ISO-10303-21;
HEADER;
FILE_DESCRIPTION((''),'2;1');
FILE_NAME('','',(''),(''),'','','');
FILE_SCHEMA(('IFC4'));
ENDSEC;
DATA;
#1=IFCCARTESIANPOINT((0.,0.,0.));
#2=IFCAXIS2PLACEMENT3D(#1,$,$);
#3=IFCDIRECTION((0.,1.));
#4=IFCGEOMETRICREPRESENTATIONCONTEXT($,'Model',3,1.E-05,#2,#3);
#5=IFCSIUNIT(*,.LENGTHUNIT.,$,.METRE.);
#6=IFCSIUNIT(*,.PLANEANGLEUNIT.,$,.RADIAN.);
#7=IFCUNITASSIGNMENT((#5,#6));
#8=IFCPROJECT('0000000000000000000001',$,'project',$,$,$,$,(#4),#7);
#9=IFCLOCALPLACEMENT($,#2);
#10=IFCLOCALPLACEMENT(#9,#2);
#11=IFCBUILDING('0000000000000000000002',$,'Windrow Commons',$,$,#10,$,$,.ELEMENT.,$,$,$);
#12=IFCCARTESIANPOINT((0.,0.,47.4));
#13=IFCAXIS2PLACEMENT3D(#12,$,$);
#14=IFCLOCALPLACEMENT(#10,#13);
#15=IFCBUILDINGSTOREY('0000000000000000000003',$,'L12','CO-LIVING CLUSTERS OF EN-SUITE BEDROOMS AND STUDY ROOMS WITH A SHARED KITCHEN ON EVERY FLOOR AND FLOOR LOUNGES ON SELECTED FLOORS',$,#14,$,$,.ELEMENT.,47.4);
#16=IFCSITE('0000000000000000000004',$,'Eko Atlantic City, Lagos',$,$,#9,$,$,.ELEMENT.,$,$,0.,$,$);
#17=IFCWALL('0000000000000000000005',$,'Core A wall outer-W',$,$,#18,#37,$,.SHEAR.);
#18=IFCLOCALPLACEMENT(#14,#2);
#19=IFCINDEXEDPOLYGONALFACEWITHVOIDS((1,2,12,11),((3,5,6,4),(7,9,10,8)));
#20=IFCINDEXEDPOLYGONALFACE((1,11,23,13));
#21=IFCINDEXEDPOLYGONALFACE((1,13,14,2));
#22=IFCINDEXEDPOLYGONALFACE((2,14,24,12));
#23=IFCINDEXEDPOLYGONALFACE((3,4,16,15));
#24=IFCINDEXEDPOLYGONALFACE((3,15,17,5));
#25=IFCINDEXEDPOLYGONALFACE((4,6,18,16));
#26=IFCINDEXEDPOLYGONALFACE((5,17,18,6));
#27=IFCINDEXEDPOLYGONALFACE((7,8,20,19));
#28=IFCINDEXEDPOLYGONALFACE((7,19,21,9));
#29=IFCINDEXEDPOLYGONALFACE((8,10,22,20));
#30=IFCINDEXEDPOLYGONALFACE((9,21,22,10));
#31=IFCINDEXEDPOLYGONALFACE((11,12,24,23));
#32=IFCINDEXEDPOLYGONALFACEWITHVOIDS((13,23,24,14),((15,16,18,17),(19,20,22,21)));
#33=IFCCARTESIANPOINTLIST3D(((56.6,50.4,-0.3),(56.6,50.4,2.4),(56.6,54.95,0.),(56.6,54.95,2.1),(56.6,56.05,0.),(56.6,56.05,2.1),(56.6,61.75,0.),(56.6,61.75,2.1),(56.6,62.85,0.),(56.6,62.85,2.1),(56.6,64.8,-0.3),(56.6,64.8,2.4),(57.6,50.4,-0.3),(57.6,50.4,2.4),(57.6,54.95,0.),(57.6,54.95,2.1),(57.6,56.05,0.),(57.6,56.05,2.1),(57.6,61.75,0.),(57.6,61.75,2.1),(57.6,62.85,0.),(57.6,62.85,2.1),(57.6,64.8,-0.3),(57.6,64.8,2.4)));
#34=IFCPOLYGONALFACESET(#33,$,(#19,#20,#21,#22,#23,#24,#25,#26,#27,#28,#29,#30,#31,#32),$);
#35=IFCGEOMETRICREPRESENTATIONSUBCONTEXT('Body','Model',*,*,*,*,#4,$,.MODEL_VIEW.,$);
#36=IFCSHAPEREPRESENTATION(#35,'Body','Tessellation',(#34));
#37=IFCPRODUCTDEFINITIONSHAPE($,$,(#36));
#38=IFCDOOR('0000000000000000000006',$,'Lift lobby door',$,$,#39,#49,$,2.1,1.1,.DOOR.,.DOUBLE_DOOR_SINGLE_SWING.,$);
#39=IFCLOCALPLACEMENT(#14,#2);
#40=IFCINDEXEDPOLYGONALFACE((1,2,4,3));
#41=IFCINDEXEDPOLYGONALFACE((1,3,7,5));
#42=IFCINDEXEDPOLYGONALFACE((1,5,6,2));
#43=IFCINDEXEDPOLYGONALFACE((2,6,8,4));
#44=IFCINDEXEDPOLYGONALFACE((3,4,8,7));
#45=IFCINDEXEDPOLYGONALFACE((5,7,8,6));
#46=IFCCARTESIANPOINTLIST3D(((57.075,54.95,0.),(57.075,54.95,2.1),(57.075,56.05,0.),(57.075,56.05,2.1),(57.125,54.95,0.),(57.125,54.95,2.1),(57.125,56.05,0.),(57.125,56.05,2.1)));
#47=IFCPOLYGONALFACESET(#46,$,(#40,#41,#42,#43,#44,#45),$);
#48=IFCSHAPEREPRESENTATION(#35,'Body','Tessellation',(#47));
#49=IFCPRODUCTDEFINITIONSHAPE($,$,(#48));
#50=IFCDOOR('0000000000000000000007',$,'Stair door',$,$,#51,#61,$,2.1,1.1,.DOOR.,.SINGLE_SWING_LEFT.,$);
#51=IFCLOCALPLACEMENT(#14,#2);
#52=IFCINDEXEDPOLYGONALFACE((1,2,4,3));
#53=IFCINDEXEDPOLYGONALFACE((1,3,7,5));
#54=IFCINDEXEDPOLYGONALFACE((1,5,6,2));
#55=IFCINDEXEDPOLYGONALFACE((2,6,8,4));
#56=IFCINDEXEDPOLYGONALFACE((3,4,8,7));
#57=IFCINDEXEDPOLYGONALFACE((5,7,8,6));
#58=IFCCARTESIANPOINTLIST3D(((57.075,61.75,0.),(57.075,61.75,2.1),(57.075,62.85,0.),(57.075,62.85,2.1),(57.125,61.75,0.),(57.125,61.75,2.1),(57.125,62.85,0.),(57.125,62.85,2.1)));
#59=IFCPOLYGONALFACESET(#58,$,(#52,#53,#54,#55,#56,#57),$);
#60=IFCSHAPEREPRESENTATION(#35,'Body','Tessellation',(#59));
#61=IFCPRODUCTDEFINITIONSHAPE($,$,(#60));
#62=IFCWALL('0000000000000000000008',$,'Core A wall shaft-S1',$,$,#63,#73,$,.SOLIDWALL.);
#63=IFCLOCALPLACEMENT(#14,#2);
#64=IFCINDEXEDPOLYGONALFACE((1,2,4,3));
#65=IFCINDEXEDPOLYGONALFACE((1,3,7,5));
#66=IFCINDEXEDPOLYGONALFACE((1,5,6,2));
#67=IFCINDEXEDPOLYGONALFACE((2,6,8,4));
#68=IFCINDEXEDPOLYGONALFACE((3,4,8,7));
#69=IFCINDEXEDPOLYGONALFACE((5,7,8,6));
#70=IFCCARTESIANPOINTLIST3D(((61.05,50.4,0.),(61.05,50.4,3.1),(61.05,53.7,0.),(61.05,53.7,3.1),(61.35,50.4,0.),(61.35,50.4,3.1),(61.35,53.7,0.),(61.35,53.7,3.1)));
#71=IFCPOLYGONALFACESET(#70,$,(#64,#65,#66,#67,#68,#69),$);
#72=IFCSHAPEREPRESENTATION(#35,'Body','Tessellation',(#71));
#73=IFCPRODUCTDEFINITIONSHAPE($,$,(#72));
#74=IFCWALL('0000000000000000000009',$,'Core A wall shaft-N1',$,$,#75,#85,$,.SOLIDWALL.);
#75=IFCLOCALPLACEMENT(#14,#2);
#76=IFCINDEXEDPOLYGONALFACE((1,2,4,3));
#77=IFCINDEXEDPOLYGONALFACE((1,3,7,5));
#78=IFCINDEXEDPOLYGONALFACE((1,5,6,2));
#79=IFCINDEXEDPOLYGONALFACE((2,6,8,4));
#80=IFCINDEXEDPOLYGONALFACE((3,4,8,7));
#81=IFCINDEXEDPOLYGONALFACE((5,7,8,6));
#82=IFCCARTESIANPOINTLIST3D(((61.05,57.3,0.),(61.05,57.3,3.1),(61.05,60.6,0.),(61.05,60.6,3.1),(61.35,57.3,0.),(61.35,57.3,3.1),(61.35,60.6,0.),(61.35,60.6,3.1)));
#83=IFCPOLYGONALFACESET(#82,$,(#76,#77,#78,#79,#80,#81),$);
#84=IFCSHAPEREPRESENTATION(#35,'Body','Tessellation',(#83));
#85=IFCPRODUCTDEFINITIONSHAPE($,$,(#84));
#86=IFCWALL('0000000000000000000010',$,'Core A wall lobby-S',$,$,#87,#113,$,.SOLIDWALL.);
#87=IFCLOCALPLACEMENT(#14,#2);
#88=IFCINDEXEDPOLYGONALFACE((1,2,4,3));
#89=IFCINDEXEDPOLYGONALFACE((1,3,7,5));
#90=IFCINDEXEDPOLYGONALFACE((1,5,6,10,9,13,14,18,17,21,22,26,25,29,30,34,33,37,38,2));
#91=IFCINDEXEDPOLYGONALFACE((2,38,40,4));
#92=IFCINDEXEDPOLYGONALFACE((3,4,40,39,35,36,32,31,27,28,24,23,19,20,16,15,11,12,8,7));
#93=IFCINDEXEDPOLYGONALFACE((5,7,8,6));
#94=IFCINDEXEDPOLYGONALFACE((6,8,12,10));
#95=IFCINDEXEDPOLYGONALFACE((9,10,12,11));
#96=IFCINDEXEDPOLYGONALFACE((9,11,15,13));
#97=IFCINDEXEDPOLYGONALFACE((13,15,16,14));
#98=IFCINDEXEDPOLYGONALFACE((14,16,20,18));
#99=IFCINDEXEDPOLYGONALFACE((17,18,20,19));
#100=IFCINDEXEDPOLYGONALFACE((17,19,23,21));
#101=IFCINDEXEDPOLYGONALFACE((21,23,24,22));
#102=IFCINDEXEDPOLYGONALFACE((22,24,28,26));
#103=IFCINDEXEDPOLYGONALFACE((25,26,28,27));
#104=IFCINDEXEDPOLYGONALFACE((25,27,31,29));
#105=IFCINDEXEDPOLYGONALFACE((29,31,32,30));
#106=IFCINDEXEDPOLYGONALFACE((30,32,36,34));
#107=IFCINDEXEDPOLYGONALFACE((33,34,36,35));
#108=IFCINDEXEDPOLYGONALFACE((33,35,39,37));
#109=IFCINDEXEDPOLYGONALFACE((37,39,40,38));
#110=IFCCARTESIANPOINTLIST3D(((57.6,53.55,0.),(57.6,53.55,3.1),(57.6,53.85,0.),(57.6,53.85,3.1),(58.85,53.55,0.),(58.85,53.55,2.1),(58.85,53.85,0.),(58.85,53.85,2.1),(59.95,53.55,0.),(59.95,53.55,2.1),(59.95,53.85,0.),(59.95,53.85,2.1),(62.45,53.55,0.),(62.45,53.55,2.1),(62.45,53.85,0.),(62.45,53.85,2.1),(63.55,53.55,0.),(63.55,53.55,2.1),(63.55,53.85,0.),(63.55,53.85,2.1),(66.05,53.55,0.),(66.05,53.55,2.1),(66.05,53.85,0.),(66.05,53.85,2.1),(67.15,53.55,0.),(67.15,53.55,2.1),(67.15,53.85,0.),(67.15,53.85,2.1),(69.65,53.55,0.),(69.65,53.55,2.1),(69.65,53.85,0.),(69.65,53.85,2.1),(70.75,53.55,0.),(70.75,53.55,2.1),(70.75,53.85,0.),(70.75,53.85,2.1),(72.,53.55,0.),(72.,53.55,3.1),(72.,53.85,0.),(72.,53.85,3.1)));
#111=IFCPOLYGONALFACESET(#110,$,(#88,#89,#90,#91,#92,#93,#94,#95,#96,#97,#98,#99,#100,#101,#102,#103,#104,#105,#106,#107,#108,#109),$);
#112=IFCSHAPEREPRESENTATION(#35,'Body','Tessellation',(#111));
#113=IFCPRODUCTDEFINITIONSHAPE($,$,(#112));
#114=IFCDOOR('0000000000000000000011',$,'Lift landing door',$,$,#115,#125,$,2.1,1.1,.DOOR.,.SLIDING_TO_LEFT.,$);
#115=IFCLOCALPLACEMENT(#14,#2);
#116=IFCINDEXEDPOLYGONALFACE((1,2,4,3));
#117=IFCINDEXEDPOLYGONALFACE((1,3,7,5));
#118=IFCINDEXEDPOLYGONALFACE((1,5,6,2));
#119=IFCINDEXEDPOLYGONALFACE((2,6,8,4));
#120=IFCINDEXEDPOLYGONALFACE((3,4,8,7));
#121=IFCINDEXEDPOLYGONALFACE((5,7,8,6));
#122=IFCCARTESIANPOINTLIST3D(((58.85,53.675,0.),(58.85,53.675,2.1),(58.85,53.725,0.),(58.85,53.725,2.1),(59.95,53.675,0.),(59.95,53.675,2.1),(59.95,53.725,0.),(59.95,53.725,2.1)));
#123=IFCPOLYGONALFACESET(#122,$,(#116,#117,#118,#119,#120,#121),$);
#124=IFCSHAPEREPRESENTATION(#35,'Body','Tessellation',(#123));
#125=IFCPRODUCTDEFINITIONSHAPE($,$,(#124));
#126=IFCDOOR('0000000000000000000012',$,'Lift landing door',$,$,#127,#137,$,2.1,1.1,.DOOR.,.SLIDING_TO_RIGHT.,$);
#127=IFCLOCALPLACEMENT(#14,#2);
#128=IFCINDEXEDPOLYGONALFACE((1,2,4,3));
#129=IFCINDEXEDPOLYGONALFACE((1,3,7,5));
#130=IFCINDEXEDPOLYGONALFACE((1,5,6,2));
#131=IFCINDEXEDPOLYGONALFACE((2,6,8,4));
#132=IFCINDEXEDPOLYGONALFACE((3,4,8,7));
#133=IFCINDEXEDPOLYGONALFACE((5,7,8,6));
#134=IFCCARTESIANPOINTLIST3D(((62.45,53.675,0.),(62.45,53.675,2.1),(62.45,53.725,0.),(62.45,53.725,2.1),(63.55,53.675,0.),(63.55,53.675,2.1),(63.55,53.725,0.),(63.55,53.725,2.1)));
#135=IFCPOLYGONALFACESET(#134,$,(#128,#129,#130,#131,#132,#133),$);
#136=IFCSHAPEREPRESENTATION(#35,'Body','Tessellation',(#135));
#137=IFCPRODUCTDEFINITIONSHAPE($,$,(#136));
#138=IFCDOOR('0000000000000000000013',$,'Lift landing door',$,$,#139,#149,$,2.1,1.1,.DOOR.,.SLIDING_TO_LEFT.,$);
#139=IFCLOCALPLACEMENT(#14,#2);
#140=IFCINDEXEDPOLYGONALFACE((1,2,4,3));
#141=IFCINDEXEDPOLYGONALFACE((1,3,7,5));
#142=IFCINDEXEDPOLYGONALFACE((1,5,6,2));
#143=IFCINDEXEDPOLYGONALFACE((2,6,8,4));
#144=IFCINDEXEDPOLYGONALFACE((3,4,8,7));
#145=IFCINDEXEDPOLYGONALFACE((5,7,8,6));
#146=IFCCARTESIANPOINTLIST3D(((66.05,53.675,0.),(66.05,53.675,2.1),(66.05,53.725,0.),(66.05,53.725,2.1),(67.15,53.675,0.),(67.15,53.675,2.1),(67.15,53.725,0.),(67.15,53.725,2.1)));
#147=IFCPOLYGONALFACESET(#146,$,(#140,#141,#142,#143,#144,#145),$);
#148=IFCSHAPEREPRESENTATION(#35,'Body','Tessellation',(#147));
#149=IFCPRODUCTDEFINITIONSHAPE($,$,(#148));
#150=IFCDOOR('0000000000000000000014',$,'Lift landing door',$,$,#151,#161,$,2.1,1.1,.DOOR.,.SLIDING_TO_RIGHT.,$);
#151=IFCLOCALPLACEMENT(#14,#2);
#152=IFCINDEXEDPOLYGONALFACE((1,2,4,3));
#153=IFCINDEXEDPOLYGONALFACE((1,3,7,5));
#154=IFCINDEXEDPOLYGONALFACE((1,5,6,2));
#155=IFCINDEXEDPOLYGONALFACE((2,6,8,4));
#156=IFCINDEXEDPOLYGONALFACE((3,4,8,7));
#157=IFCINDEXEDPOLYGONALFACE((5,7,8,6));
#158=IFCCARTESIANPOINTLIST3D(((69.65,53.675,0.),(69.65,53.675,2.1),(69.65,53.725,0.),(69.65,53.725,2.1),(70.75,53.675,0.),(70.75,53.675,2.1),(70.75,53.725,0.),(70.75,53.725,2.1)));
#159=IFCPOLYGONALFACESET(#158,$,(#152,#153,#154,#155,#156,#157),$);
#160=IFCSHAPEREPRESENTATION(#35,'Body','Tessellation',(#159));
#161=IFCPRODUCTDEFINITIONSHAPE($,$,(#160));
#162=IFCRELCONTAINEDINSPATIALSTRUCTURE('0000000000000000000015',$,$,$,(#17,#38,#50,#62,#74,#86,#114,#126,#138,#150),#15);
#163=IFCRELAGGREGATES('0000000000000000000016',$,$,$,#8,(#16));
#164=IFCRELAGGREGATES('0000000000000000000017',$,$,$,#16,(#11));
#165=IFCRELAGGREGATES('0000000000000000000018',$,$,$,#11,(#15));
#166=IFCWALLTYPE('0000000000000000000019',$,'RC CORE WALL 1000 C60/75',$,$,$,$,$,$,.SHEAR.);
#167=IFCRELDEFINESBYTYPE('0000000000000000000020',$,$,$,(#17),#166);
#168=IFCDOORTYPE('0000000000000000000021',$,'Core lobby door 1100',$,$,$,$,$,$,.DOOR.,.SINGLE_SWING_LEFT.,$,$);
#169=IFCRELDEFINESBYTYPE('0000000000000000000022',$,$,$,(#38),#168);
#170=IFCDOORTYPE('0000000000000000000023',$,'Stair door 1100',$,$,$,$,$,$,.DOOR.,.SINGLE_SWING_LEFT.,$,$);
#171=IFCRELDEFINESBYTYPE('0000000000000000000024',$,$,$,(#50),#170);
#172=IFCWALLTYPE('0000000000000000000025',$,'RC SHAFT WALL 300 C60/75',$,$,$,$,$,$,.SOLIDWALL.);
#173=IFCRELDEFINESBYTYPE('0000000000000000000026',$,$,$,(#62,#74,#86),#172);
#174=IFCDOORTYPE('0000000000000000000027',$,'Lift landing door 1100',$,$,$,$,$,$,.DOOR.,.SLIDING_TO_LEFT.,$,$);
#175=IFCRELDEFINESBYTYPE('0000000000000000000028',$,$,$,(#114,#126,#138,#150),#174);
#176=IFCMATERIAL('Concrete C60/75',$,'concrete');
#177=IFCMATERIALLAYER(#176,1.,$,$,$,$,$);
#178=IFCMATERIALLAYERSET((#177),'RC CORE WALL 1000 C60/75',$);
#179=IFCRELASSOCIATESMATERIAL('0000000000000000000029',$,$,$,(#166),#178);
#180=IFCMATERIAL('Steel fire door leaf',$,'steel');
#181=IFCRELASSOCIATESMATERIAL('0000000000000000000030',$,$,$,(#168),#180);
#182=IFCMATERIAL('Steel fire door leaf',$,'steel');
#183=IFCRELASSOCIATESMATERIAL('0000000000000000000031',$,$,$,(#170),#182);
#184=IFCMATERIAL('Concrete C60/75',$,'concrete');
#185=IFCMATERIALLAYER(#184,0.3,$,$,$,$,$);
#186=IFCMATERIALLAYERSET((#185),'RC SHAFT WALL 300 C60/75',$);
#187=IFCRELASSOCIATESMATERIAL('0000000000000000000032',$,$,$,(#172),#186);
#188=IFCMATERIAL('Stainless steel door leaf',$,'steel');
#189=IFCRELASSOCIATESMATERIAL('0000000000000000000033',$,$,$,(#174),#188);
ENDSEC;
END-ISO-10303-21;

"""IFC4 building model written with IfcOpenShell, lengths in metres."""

from ifc_helpers import new_model, si_unit, direction, frame, frame_2d, origin, place, context, subcontext, project, spatial, rectangle, extrude, material, layer, layer_set, type_object, element, fill, save


model = new_model("IFC4")

# Units and contexts
model_context = context("Model", 3, precision=1e-05, world=origin(), true_north=direction((0.0, 1.0)))
body_context = subcontext(model_context, "Body", "Model", "MODEL_VIEW")
ifc_project = project(units=[si_unit("LENGTHUNIT", "METRE"), si_unit("PLANEANGLEUNIT", "RADIAN")], contexts=[model_context])

# Site, building, storey
site_placement = place(None, origin())
site = spatial("IfcSite", under=ifc_project, at=site_placement, Name="Eko Atlantic City, Lagos", CompositionType="ELEMENT", RefElevation=0.0)
building_placement = place(site_placement, origin())
building = spatial("IfcBuilding", under=site, at=building_placement, Name="Windrow Commons", CompositionType="ELEMENT")
storey_placement = place(building_placement, frame((0.0, 0.0, 47.4)))
storey = spatial("IfcBuildingStorey", under=building, at=storey_placement, Name="L12", Description="CO-LIVING CLUSTERS OF EN-SUITE BEDROOMS AND STUDY ROOMS WITH A SHARED KITCHEN ON EVERY FLOOR AND FLOOR LOUNGES ON SELECTED FLOORS", CompositionType="ELEMENT", Elevation=47.4)

# Shared definitions
ifc_material_1 = material(Name="Concrete C60/75", Category="concrete")
ifc_layer_1 = layer(ifc_material_1, 1.0)
ifc_layer_set_1 = layer_set([ifc_layer_1], Name="RC CORE WALL 1000 C60/75")
wall_type_1 = type_object("IfcWallType", Name="RC CORE WALL 1000 C60/75", PredefinedType="SHEAR", material=ifc_layer_set_1)

# Wall, openings, doors
wall_1_placement = place(storey_placement, frame((57.1, 50.4, -0.3), z_axis=(0.0, 0.0, 1.0), x_axis=(0.0, 1.0, 0.0)))
wall_1 = element("IfcWall", 1, at=wall_1_placement, inside=storey, type_object=wall_type_1, Name="Core A wall outer-W", PredefinedType="SHEAR", context=body_context, shape_type="SweptSolid", body=[
    extrude(rectangle(XDim=14.4, YDim=1.0, at=frame_2d((7.2, 0.0))), origin(), (0.0, 0.0, 1.0), 2.7),
])
opening_1_placement = place(wall_1_placement, frame((4.55, 0.0, 0.3)))
opening_1 = element("IfcOpeningElement", 2, at=opening_1_placement, cuts=wall_1, PredefinedType="OPENING", context=body_context, shape_type="SweptSolid", body=[
    extrude(rectangle(XDim=1.1, YDim=2.1, at=frame_2d((0.55, 1.05))), frame((0.0, 0.51, 0.0), z_axis=(0.0, -1.0, 0.0), x_axis=(1.0, 0.0, 0.0)), (0.0, 0.0, 1.0), 1.02),
])
opening_2_placement = place(wall_1_placement, frame((11.35, 0.0, 0.3)))
opening_2 = element("IfcOpeningElement", 3, at=opening_2_placement, cuts=wall_1, PredefinedType="OPENING", context=body_context, shape_type="SweptSolid", body=[
    extrude(rectangle(XDim=1.1, YDim=2.1, at=frame_2d((0.55, 1.05))), frame((0.0, 0.51, 0.0), z_axis=(0.0, -1.0, 0.0), x_axis=(1.0, 0.0, 0.0)), (0.0, 0.0, 1.0), 1.02),
])
ifc_material_2 = material(Name="Steel fire door leaf", Category="steel")
door_type_1 = type_object("IfcDoorType", Name="Core lobby door 1100", OperationType="SINGLE_SWING_LEFT", PredefinedType="DOOR", material=ifc_material_2)
door_1_placement = place(opening_1_placement, origin())
door_1 = element("IfcDoor", 4, at=door_1_placement, inside=storey, type_object=door_type_1, Name="Lift lobby door", OperationType="DOUBLE_DOOR_SINGLE_SWING", OverallHeight=2.1, OverallWidth=1.1, PredefinedType="DOOR", context=body_context, shape_type="SweptSolid", body=[
    extrude(rectangle(XDim=1.1, YDim=2.1, at=frame_2d((0.55, 1.05))), frame((0.0, 0.025, 0.0), z_axis=(0.0, -1.0, 0.0), x_axis=(1.0, 0.0, 0.0)), (0.0, 0.0, 1.0), 0.05),
])
fill(opening_1, door_1)
ifc_material_3 = material(Name="Steel fire door leaf", Category="steel")
door_type_2 = type_object("IfcDoorType", Name="Stair door 1100", OperationType="SINGLE_SWING_LEFT", PredefinedType="DOOR", material=ifc_material_3)
door_2_placement = place(opening_2_placement, origin())
door_2 = element("IfcDoor", 5, at=door_2_placement, inside=storey, type_object=door_type_2, Name="Stair door", OperationType="SINGLE_SWING_LEFT", OverallHeight=2.1, OverallWidth=1.1, PredefinedType="DOOR", context=body_context, shape_type="SweptSolid", body=[
    extrude(rectangle(XDim=1.1, YDim=2.1, at=frame_2d((0.55, 1.05))), frame((0.0, 0.025, 0.0), z_axis=(0.0, -1.0, 0.0), x_axis=(1.0, 0.0, 0.0)), (0.0, 0.0, 1.0), 0.05),
])
fill(opening_2, door_2)

# Walls
ifc_material_4 = material(Name="Concrete C60/75", Category="concrete")
ifc_layer_2 = layer(ifc_material_4, 0.3)
ifc_layer_set_2 = layer_set([ifc_layer_2], Name="RC SHAFT WALL 300 C60/75")
wall_type_2 = type_object("IfcWallType", Name="RC SHAFT WALL 300 C60/75", PredefinedType="SOLIDWALL", material=ifc_layer_set_2)
for number, where, z_axis, x_axis, name in (
    (6, (61.2, 50.4, 0.0), (0.0, 0.0, 1.0), (0.0, 1.0, 0.0), "Core A wall shaft-S1"),
    (7, (61.2, 57.3, 0.0), (0.0, 0.0, 1.0), (0.0, 1.0, 0.0), "Core A wall shaft-N1"),
):
    element("IfcWall", number, at=place(storey_placement, frame(where, z_axis=z_axis, x_axis=x_axis)), inside=storey, type_object=wall_type_2, Name=name, PredefinedType="SOLIDWALL", context=body_context, shape_type="SweptSolid", body=[
        extrude(rectangle(XDim=3.3, YDim=0.3, at=frame_2d((1.65, 0.0))), origin(), (0.0, 0.0, 1.0), 3.1),
    ])

# Wall, openings, doors
wall_2_placement = place(storey_placement, frame((57.6, 53.7, 0.0), z_axis=(0.0, 0.0, 1.0), x_axis=(1.0, 0.0, 0.0)))
wall_2 = element("IfcWall", 8, at=wall_2_placement, inside=storey, type_object=wall_type_2, Name="Core A wall lobby-S", PredefinedType="SOLIDWALL", context=body_context, shape_type="SweptSolid", body=[
    extrude(rectangle(XDim=14.4, YDim=0.3, at=frame_2d((7.2, 0.0))), origin(), (0.0, 0.0, 1.0), 3.1),
])
opening_3_placement = place(wall_2_placement, frame((1.25, 0.0, 0.0)))
opening_3 = element("IfcOpeningElement", 9, at=opening_3_placement, cuts=wall_2, PredefinedType="OPENING", context=body_context, shape_type="SweptSolid", body=[
    extrude(rectangle(XDim=1.1, YDim=2.1, at=frame_2d((0.55, 1.05))), frame((0.0, 0.16, 0.0), z_axis=(0.0, -1.0, 0.0), x_axis=(1.0, 0.0, 0.0)), (0.0, 0.0, 1.0), 0.32),
])
opening_4_placement = place(wall_2_placement, frame((4.85, 0.0, 0.0)))
opening_4 = element("IfcOpeningElement", 10, at=opening_4_placement, cuts=wall_2, PredefinedType="OPENING", context=body_context, shape_type="SweptSolid", body=[
    extrude(rectangle(XDim=1.1, YDim=2.1, at=frame_2d((0.55, 1.05))), frame((0.0, 0.16, 0.0), z_axis=(0.0, -1.0, 0.0), x_axis=(1.0, 0.0, 0.0)), (0.0, 0.0, 1.0), 0.32),
])
opening_5_placement = place(wall_2_placement, frame((8.45, 0.0, 0.0)))
opening_5 = element("IfcOpeningElement", 11, at=opening_5_placement, cuts=wall_2, PredefinedType="OPENING", context=body_context, shape_type="SweptSolid", body=[
    extrude(rectangle(XDim=1.1, YDim=2.1, at=frame_2d((0.55, 1.05))), frame((0.0, 0.16, 0.0), z_axis=(0.0, -1.0, 0.0), x_axis=(1.0, 0.0, 0.0)), (0.0, 0.0, 1.0), 0.32),
])
opening_6_placement = place(wall_2_placement, frame((12.05, 0.0, 0.0)))
opening_6 = element("IfcOpeningElement", 12, at=opening_6_placement, cuts=wall_2, PredefinedType="OPENING", context=body_context, shape_type="SweptSolid", body=[
    extrude(rectangle(XDim=1.1, YDim=2.1, at=frame_2d((0.55, 1.05))), frame((0.0, 0.16, 0.0), z_axis=(0.0, -1.0, 0.0), x_axis=(1.0, 0.0, 0.0)), (0.0, 0.0, 1.0), 0.32),
])
ifc_material_5 = material(Name="Stainless steel door leaf", Category="steel")
door_type_3 = type_object("IfcDoorType", Name="Lift landing door 1100", OperationType="SLIDING_TO_LEFT", PredefinedType="DOOR", material=ifc_material_5)
door_3_placement = place(opening_3_placement, origin())
door_3 = element("IfcDoor", 13, at=door_3_placement, inside=storey, type_object=door_type_3, Name="Lift landing door", OperationType="SLIDING_TO_LEFT", OverallHeight=2.1, OverallWidth=1.1, PredefinedType="DOOR", context=body_context, shape_type="SweptSolid", body=[
    extrude(rectangle(XDim=1.1, YDim=2.1, at=frame_2d((0.55, 1.05))), frame((0.0, 0.025, 0.0), z_axis=(0.0, -1.0, 0.0), x_axis=(1.0, 0.0, 0.0)), (0.0, 0.0, 1.0), 0.05),
])
fill(opening_3, door_3)
door_4_placement = place(opening_4_placement, origin())
door_4 = element("IfcDoor", 14, at=door_4_placement, inside=storey, type_object=door_type_3, Name="Lift landing door", OperationType="SLIDING_TO_RIGHT", OverallHeight=2.1, OverallWidth=1.1, PredefinedType="DOOR", context=body_context, shape_type="SweptSolid", body=[
    extrude(rectangle(XDim=1.1, YDim=2.1, at=frame_2d((0.55, 1.05))), frame((0.0, 0.025, 0.0), z_axis=(0.0, -1.0, 0.0), x_axis=(1.0, 0.0, 0.0)), (0.0, 0.0, 1.0), 0.05),
])
fill(opening_4, door_4)
door_5_placement = place(opening_5_placement, origin())
door_5 = element("IfcDoor", 15, at=door_5_placement, inside=storey, type_object=door_type_3, Name="Lift landing door", OperationType="SLIDING_TO_LEFT", OverallHeight=2.1, OverallWidth=1.1, PredefinedType="DOOR", context=body_context, shape_type="SweptSolid", body=[
    extrude(rectangle(XDim=1.1, YDim=2.1, at=frame_2d((0.55, 1.05))), frame((0.0, 0.025, 0.0), z_axis=(0.0, -1.0, 0.0), x_axis=(1.0, 0.0, 0.0)), (0.0, 0.0, 1.0), 0.05),
])
fill(opening_5, door_5)
door_6_placement = place(opening_6_placement, origin())
door_6 = element("IfcDoor", 16, at=door_6_placement, inside=storey, type_object=door_type_3, Name="Lift landing door", OperationType="SLIDING_TO_RIGHT", OverallHeight=2.1, OverallWidth=1.1, PredefinedType="DOOR", context=body_context, shape_type="SweptSolid", body=[
    extrude(rectangle(XDim=1.1, YDim=2.1, at=frame_2d((0.55, 1.05))), frame((0.0, 0.025, 0.0), z_axis=(0.0, -1.0, 0.0), x_axis=(1.0, 0.0, 0.0)), (0.0, 0.0, 1.0), 0.05),
])
fill(opening_6, door_6)

save(model, "model.ifc")
